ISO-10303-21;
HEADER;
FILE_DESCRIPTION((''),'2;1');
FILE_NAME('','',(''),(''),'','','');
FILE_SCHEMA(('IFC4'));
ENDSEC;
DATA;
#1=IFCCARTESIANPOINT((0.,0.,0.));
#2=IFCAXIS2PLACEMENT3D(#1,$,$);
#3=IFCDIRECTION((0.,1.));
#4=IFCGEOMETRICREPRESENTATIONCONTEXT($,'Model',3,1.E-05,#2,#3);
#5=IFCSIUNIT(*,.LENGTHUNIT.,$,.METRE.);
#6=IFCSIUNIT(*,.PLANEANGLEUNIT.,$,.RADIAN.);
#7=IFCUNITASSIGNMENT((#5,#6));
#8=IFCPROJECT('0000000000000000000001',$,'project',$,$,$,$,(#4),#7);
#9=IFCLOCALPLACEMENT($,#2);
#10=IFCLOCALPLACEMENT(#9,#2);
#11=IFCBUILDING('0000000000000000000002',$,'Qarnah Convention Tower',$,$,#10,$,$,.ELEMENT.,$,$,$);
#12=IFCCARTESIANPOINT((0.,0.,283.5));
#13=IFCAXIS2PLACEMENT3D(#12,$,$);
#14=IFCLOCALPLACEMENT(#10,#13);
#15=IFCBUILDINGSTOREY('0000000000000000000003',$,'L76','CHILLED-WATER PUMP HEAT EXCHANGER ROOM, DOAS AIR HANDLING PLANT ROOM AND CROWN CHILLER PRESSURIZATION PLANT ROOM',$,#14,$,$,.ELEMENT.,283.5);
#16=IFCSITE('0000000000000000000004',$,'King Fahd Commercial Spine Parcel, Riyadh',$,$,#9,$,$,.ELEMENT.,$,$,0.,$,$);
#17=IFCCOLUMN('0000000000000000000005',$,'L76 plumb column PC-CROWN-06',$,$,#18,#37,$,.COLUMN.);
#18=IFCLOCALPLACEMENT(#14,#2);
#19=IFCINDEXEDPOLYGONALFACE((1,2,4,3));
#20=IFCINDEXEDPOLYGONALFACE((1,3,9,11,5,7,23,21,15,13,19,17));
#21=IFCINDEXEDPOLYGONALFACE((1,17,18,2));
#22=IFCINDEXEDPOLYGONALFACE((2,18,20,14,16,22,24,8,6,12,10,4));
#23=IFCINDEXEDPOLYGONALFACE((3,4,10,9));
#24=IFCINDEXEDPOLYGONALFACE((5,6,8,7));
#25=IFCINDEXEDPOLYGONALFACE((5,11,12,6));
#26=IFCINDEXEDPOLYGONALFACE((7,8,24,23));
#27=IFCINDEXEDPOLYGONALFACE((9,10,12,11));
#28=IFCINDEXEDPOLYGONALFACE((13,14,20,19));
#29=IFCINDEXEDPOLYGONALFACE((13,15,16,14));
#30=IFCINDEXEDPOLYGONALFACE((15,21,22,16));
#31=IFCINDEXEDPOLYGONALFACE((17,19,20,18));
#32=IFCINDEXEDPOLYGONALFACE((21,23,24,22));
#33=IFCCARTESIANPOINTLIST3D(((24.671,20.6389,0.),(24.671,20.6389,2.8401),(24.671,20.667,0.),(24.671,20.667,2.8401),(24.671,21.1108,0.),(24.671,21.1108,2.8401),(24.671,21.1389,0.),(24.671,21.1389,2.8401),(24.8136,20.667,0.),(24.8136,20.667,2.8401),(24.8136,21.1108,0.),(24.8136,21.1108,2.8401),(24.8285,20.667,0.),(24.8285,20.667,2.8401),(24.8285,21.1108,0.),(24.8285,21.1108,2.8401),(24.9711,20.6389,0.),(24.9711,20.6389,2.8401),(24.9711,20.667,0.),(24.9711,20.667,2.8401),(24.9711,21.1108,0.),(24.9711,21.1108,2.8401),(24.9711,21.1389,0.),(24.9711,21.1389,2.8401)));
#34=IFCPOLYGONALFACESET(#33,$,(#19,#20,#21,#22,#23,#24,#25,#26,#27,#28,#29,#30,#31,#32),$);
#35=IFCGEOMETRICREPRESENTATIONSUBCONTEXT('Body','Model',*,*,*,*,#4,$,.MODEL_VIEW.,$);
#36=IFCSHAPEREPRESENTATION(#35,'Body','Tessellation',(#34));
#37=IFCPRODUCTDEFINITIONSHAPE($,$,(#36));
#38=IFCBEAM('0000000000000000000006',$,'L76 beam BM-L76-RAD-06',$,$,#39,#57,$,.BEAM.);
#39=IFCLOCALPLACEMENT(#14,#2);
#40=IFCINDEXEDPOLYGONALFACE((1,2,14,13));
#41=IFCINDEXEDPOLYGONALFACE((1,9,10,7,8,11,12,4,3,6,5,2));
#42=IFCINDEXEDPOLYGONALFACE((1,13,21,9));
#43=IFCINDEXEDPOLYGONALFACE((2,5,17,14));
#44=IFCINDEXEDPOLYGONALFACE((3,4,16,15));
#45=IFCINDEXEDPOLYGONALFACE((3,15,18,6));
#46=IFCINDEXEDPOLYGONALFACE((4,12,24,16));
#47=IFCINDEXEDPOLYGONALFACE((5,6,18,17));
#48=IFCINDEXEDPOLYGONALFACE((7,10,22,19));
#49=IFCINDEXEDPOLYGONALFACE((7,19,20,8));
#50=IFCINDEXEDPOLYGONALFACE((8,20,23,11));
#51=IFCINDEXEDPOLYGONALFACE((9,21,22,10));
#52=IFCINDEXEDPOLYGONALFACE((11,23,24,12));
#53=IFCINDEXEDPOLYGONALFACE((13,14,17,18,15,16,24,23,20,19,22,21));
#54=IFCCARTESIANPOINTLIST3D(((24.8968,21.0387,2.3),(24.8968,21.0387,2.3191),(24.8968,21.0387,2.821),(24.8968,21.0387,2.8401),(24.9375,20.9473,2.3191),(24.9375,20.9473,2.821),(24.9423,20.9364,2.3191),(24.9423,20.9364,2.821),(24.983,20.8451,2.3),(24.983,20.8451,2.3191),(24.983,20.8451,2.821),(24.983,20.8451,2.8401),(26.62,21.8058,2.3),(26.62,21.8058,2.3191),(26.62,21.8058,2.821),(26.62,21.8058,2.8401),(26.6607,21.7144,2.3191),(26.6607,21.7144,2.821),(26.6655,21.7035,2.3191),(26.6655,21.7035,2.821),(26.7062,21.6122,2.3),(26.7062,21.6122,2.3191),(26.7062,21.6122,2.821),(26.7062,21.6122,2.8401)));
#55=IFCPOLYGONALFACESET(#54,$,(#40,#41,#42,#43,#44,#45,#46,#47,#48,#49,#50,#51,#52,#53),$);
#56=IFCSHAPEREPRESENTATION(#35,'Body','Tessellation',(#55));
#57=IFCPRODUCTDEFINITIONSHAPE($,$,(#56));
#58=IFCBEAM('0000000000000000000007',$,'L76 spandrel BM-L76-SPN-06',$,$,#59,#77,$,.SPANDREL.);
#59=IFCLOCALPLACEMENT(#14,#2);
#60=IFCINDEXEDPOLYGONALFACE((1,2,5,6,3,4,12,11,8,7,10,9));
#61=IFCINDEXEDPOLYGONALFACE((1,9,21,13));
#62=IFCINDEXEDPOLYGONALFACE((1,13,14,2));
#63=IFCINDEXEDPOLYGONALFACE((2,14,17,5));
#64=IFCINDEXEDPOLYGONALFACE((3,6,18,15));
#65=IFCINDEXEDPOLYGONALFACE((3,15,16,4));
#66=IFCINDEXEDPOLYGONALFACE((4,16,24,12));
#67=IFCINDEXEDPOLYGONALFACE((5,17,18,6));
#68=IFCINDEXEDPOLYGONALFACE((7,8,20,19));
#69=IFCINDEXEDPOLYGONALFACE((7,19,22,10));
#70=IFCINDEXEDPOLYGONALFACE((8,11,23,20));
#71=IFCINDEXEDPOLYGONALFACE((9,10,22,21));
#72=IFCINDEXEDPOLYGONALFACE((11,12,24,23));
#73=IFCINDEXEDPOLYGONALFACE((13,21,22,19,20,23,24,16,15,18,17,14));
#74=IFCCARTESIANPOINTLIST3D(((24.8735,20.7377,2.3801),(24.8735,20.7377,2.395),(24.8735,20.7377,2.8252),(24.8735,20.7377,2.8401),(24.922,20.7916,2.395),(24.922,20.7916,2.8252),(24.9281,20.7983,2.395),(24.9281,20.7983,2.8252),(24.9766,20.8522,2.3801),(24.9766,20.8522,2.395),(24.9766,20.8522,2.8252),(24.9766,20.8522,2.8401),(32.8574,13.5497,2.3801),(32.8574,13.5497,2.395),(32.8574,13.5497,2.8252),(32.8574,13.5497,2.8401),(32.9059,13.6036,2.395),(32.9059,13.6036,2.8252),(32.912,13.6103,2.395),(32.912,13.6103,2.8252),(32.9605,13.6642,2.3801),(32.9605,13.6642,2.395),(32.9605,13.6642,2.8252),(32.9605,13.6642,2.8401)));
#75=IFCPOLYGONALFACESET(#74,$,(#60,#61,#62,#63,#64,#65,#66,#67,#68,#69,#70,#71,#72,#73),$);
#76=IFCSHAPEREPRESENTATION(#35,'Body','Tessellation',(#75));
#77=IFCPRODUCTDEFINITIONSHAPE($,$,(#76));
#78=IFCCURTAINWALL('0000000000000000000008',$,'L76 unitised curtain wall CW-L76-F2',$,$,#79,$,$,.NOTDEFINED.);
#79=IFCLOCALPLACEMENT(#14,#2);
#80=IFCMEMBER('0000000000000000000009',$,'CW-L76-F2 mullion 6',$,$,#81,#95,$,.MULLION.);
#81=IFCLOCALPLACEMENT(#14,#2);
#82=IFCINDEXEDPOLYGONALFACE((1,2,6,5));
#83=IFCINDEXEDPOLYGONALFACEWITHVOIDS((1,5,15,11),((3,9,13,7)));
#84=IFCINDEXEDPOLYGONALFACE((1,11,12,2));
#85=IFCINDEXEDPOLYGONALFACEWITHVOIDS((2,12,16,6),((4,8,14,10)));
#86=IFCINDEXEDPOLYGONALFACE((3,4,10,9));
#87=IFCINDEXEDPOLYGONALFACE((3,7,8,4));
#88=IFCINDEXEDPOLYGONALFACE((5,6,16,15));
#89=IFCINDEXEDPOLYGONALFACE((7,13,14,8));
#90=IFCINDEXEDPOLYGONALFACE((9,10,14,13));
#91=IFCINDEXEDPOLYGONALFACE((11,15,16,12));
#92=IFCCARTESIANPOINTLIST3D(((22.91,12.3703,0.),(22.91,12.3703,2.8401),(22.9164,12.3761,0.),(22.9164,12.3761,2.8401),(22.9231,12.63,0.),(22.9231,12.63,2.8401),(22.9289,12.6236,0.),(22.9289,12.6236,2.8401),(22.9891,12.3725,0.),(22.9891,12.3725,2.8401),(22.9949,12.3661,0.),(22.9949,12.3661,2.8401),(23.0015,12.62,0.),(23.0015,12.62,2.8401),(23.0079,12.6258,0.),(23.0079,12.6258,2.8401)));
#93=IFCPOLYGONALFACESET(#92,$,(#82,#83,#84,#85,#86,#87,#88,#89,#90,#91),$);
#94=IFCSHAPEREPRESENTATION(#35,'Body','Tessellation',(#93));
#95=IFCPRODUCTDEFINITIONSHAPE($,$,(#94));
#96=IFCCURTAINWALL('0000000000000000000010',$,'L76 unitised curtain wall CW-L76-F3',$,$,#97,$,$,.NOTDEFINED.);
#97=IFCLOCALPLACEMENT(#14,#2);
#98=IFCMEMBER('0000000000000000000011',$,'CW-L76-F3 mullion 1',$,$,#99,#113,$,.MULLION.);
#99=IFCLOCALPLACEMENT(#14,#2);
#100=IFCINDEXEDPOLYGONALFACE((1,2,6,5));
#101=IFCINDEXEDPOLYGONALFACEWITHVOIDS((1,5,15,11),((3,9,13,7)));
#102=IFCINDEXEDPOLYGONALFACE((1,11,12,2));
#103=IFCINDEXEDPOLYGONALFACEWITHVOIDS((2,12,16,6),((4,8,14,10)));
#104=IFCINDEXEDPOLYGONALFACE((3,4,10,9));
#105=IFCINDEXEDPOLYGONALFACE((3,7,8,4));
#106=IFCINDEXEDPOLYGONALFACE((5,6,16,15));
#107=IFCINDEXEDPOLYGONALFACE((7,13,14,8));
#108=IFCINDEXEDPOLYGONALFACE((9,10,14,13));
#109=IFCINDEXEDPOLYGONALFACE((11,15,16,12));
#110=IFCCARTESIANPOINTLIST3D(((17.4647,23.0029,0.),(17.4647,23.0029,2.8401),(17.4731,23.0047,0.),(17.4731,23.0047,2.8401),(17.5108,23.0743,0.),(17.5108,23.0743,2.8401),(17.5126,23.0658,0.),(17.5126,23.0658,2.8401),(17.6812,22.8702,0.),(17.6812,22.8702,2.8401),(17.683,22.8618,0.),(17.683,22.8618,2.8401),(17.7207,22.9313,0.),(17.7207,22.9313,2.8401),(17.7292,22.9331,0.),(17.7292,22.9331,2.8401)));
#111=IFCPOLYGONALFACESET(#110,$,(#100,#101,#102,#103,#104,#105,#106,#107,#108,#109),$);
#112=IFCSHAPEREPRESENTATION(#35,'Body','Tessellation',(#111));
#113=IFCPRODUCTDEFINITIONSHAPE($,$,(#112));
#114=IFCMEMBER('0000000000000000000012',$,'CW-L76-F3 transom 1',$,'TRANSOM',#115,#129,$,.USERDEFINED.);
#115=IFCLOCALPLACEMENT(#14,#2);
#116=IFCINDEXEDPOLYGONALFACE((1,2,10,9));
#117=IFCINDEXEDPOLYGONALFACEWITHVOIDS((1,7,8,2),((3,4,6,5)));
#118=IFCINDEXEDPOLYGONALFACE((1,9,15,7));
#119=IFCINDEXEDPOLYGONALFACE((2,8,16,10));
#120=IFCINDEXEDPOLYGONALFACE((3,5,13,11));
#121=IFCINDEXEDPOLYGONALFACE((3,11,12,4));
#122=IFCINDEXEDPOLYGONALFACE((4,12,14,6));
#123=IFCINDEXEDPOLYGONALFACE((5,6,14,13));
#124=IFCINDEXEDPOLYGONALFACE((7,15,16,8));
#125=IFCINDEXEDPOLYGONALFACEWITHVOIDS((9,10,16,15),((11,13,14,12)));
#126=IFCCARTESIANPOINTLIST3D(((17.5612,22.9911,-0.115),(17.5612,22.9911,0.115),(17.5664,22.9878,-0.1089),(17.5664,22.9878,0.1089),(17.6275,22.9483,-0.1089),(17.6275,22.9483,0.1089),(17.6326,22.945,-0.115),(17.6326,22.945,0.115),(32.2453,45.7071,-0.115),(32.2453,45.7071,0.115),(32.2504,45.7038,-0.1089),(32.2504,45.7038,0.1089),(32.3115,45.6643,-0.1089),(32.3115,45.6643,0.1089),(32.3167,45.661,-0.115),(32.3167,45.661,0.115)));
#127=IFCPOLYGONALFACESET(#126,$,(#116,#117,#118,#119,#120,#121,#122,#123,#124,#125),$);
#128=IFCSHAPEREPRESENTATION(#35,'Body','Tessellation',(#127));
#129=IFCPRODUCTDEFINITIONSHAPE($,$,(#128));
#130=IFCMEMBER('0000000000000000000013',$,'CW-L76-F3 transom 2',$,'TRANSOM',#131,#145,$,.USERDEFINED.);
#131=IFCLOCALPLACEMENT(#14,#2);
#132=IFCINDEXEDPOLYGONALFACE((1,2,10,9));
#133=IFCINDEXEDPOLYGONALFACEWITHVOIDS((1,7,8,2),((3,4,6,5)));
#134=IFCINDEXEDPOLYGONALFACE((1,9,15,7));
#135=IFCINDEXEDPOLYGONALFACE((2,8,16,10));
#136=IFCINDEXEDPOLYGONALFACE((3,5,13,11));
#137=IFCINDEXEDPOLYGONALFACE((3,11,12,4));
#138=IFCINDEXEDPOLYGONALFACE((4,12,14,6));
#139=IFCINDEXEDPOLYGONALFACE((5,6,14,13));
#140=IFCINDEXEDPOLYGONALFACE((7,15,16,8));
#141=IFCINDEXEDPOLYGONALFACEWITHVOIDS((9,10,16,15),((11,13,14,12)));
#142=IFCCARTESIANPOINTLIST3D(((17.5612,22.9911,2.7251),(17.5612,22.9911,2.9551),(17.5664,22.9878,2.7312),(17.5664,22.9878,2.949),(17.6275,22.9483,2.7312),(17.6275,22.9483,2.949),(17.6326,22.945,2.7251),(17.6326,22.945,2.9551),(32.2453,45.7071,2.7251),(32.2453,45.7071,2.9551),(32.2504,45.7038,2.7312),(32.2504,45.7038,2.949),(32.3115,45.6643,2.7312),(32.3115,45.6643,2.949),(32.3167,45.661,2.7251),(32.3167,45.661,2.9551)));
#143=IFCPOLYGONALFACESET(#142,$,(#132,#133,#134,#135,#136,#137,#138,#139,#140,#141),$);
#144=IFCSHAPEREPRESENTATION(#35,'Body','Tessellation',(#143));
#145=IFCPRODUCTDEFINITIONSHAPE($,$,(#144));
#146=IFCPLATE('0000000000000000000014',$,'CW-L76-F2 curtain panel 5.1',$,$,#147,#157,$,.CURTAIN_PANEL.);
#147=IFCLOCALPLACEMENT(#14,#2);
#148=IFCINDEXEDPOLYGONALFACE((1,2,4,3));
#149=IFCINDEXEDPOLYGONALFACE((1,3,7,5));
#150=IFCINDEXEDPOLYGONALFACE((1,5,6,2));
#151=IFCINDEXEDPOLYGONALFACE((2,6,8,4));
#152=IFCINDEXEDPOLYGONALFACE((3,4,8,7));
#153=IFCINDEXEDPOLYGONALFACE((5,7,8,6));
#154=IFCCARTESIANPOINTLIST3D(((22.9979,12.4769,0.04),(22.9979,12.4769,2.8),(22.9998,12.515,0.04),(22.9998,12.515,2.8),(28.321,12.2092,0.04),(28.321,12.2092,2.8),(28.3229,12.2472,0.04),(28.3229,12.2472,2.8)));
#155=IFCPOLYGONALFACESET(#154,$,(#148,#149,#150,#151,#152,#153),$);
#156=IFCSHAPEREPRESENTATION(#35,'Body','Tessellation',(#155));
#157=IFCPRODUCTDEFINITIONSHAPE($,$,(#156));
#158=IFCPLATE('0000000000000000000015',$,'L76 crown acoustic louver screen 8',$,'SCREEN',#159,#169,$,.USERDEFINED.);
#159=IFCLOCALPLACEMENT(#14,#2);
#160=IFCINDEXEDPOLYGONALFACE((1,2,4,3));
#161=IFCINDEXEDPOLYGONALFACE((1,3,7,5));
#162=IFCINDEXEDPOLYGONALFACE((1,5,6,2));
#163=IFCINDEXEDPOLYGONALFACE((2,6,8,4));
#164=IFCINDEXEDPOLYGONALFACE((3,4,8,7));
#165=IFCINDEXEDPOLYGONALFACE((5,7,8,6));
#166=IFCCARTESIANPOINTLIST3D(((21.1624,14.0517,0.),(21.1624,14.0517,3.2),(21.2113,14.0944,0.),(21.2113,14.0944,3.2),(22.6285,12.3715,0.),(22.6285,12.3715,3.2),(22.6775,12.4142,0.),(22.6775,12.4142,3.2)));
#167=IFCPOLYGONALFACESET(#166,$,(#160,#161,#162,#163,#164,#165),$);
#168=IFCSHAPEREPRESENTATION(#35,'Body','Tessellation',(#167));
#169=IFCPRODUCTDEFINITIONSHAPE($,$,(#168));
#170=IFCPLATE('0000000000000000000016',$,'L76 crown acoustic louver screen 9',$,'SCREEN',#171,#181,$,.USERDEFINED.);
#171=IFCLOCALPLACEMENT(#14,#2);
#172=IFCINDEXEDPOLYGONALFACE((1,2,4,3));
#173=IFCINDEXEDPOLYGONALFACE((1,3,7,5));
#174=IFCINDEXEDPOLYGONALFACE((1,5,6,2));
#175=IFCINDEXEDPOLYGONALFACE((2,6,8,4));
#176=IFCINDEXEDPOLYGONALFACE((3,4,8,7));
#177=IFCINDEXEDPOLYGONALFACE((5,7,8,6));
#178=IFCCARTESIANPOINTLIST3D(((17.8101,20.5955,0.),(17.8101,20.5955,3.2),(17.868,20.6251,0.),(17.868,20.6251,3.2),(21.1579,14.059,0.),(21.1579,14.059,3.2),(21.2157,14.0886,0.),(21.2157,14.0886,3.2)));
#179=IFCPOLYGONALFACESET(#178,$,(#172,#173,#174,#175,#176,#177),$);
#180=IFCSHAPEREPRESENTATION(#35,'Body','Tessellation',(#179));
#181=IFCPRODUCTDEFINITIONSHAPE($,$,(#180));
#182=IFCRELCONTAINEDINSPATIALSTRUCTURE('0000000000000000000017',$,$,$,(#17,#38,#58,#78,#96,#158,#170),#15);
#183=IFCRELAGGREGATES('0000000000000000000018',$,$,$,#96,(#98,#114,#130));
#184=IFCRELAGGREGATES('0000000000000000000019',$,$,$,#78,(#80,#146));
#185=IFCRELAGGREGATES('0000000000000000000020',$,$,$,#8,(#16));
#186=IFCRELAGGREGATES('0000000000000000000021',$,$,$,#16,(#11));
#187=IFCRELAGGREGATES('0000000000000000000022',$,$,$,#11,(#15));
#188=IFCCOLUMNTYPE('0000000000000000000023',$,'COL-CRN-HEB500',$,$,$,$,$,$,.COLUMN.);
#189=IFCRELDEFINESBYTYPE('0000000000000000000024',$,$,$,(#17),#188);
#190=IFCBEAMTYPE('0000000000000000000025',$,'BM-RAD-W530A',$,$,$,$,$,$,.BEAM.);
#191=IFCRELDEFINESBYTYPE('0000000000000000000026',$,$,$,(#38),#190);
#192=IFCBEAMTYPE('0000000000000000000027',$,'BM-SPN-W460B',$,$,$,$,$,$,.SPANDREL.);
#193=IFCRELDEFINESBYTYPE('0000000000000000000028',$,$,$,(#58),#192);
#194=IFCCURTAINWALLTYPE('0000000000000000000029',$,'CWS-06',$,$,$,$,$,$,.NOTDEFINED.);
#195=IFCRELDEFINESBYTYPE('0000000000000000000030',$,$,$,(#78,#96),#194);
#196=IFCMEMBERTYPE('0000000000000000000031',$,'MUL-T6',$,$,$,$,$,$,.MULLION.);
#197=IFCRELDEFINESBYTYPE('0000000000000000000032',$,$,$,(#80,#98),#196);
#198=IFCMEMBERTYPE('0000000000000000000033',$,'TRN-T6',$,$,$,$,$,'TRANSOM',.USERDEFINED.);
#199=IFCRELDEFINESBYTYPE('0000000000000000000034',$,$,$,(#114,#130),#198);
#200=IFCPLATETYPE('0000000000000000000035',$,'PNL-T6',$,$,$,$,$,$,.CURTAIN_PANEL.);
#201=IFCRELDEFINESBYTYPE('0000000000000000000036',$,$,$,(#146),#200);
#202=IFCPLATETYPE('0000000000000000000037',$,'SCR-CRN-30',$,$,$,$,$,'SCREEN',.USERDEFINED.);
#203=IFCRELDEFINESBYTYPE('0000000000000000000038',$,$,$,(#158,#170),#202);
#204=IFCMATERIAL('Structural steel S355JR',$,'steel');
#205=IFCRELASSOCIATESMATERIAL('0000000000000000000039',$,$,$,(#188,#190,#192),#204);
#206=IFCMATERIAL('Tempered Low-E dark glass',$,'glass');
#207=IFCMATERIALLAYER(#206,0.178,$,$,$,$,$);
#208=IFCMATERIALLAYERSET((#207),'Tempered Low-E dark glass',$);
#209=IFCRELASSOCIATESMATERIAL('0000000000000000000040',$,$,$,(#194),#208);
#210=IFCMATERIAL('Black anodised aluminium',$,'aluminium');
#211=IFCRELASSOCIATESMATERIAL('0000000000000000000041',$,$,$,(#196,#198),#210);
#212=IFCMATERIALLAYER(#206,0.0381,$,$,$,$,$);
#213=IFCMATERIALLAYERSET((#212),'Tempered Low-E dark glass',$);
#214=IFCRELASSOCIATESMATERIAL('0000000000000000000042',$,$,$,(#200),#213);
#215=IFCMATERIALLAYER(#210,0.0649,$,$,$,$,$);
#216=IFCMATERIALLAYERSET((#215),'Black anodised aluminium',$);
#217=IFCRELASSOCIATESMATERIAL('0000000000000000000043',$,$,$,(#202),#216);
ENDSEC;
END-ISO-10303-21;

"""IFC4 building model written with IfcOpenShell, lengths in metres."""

from ifc_helpers import new_model, si_unit, direction, frame, origin, origin_2d, place, context, subcontext, project, spatial, rectangle, hollow_rectangle, i_section, extrude, material, layer, layer_set, material_profile, profile_set, type_object, element, aggregate, save


model = new_model("IFC4")

# Units and contexts
model_context = context("Model", 3, precision=1e-05, world=origin(), true_north=direction((0.0, 1.0)))
body_context = subcontext(model_context, "Body", "Model", "MODEL_VIEW")
ifc_project = project(units=[si_unit("LENGTHUNIT", "METRE"), si_unit("PLANEANGLEUNIT", "RADIAN")], contexts=[model_context])

# Site, building, storey
site_placement = place(None, origin())
site = spatial("IfcSite", under=ifc_project, at=site_placement, Name="King Fahd Commercial Spine Parcel, Riyadh", CompositionType="ELEMENT", RefElevation=0.0)
building_placement = place(site_placement, origin())
building = spatial("IfcBuilding", under=site, at=building_placement, Name="Qarnah Convention Tower", CompositionType="ELEMENT")
storey_placement = place(building_placement, frame((0.0, 0.0, 283.5)))
storey = spatial("IfcBuildingStorey", under=building, at=storey_placement, Name="L76", Description="CHILLED-WATER PUMP HEAT EXCHANGER ROOM, DOAS AIR HANDLING PLANT ROOM AND CROWN CHILLER PRESSURIZATION PLANT ROOM", CompositionType="ELEMENT", Elevation=283.5)

# Column
ifc_material_1 = material(Name="Structural steel S355JR", Category="steel")
ifc_material_profile_1 = material_profile(ifc_material_1, i_section(OverallWidth=0.3, OverallDepth=0.5, WebThickness=0.0149, FlangeThickness=0.0281, at=origin_2d()), Name="HEB500")
ifc_profile_set_1 = profile_set([ifc_material_profile_1], Name="Structural steel S355JR")
column_type = type_object("IfcColumnType", Name="COL-CRN-HEB500", PredefinedType="COLUMN", material=ifc_profile_set_1)
column_placement = place(storey_placement, frame((24.821, 20.8889, 0.0), z_axis=(0.0, 0.0, 1.0), x_axis=(1.0, 0.0, 0.0)))
element("IfcColumn", 1, at=column_placement, inside=storey, type_object=column_type, Name="L76 plumb column PC-CROWN-06", PredefinedType="COLUMN", context=body_context, shape_type="SweptSolid", body=[
    extrude(i_section(OverallWidth=0.3, OverallDepth=0.5, WebThickness=0.0149, FlangeThickness=0.0281, at=origin_2d()), origin(), (0.0, 0.0, 1.0), 2.8401),
])

# Beams
ifc_material_profile_2 = material_profile(ifc_material_1, i_section(OverallWidth=0.2119, OverallDepth=0.54, WebThickness=0.012, FlangeThickness=0.019, at=origin_2d()), Name="W530X109")
ifc_profile_set_2 = profile_set([ifc_material_profile_2], Name="Structural steel S355JR")
beam_type_1 = type_object("IfcBeamType", Name="BM-RAD-W530A", PredefinedType="BEAM", material=ifc_profile_set_2)
beam_1_placement = place(storey_placement, frame((26.6631, 21.709, 2.5701), z_axis=(-0.913566, -0.406691, 0.0), x_axis=(0.406691, -0.913566, 0.0)))
element("IfcBeam", 2, at=beam_1_placement, inside=storey, type_object=beam_type_1, Name="L76 beam BM-L76-RAD-06", PredefinedType="BEAM", context=body_context, shape_type="SweptSolid", body=[
    extrude(i_section(OverallWidth=0.2119, OverallDepth=0.54, WebThickness=0.012, FlangeThickness=0.019, at=origin_2d()), origin(), (0.0, 0.0, 1.0), 1.8862),
])
ifc_material_profile_3 = material_profile(ifc_material_1, i_section(OverallWidth=0.1541, OverallDepth=0.46, WebThickness=0.009, FlangeThickness=0.0149, at=origin_2d()), Name="W460X68")
ifc_profile_set_3 = profile_set([ifc_material_profile_3], Name="Structural steel S355JR")
beam_type_2 = type_object("IfcBeamType", Name="BM-SPN-W460B", PredefinedType="SPANDREL", material=ifc_profile_set_3)
beam_2_placement = place(storey_placement, frame((24.925, 20.7949, 2.6101), z_axis=(0.743179, -0.669093, 0.0), x_axis=(0.669093, 0.743179, 0.0)))
element("IfcBeam", 3, at=beam_2_placement, inside=storey, type_object=beam_type_2, Name="L76 spandrel BM-L76-SPN-06", PredefinedType="SPANDREL", context=body_context, shape_type="SweptSolid", body=[
    extrude(i_section(OverallWidth=0.1541, OverallDepth=0.46, WebThickness=0.009, FlangeThickness=0.0149, at=origin_2d()), origin(), (0.0, 0.0, 1.0), 10.7429),
])

# Curtain wall, member
ifc_material_2 = material(Name="Tempered Low-E dark glass", Category="glass")
ifc_layer_1 = layer(ifc_material_2, 0.178)
ifc_layer_set_1 = layer_set([ifc_layer_1], Name="Tempered Low-E dark glass")
curtain_wall_type = type_object("IfcCurtainWallType", Name="CWS-06", PredefinedType="NOTDEFINED", material=ifc_layer_set_1)
curtain_wall_1_placement = place(storey_placement, origin())
curtain_wall_1 = element("IfcCurtainWall", 4, at=curtain_wall_1_placement, inside=storey, type_object=curtain_wall_type, Name="L76 unitised curtain wall CW-L76-F2", PredefinedType="NOTDEFINED")
ifc_material_3 = material(Name="Black anodised aluminium", Category="aluminium")
ifc_material_profile_4 = material_profile(ifc_material_3, hollow_rectangle(XDim=0.085, YDim=0.26, WallThickness=0.0061, at=origin_2d()), Name="MUL-85X260")
ifc_profile_set_4 = profile_set([ifc_material_profile_4], Name="Black anodised aluminium")
member_type_1 = type_object("IfcMemberType", Name="MUL-T6", PredefinedType="MULLION", material=ifc_profile_set_4)
member_1_placement = place(storey_placement, frame((22.959, 12.498, 0.0), z_axis=(0.0, 0.0, 1.0), x_axis=(-0.998737, 0.050242, 0.0)))
member_1 = element("IfcMember", 5, at=member_1_placement, type_object=member_type_1, Name="CW-L76-F2 mullion 6", PredefinedType="MULLION", context=body_context, shape_type="SweptSolid", body=[
    extrude(hollow_rectangle(XDim=0.085, YDim=0.26, WallThickness=0.0061, at=origin_2d()), origin(), (0.0, 0.0, 1.0), 2.8401),
])

# Curtain wall, members
curtain_wall_2_placement = place(storey_placement, origin())
curtain_wall_2 = element("IfcCurtainWall", 6, at=curtain_wall_2_placement, inside=storey, type_object=curtain_wall_type, Name="L76 unitised curtain wall CW-L76-F3", PredefinedType="NOTDEFINED")
member_2_placement = place(storey_placement, frame((17.5969, 22.968, 0.0), z_axis=(0.0, 0.0, 1.0), x_axis=(0.542871, 0.839816, 0.0)))
member_2 = element("IfcMember", 7, at=member_2_placement, type_object=member_type_1, Name="CW-L76-F3 mullion 1", PredefinedType="MULLION", context=body_context, shape_type="SweptSolid", body=[
    extrude(hollow_rectangle(XDim=0.085, YDim=0.26, WallThickness=0.0061, at=origin_2d()), origin(), (0.0, 0.0, 1.0), 2.8401),
])
ifc_material_profile_5 = material_profile(ifc_material_3, hollow_rectangle(XDim=0.085, YDim=0.23, WallThickness=0.0061, at=origin_2d()), Name="TRN-85X230")
ifc_profile_set_5 = profile_set([ifc_material_profile_5], Name="Black anodised aluminium")
member_type_2 = type_object("IfcMemberType", Name="TRN-T6", ElementType="TRANSOM", PredefinedType="USERDEFINED", material=ifc_profile_set_5)
member_3_placement = place(storey_placement, frame((17.5969, 22.968, 0.0), z_axis=(0.542872, 0.839815, 0.0), x_axis=(-0.839815, 0.542872, 0.0)))
member_3 = element("IfcMember", 8, at=member_3_placement, type_object=member_type_2, Name="CW-L76-F3 transom 1", ObjectType="TRANSOM", PredefinedType="USERDEFINED", context=body_context, shape_type="SweptSolid", body=[
    extrude(hollow_rectangle(XDim=0.085, YDim=0.23, WallThickness=0.0061, at=origin_2d()), origin(), (0.0, 0.0, 1.0), 27.0488),
])
member_4_placement = place(storey_placement, frame((17.5969, 22.968, 2.8401), z_axis=(0.542872, 0.839815, 0.0), x_axis=(-0.839815, 0.542872, 0.0)))
member_4 = element("IfcMember", 9, at=member_4_placement, type_object=member_type_2, Name="CW-L76-F3 transom 2", ObjectType="TRANSOM", PredefinedType="USERDEFINED", context=body_context, shape_type="SweptSolid", body=[
    extrude(hollow_rectangle(XDim=0.085, YDim=0.23, WallThickness=0.0061, at=origin_2d()), origin(), (0.0, 0.0, 1.0), 27.0488),
])
aggregate(curtain_wall_2, [member_2, member_3, member_4])

# Plate
ifc_layer_2 = layer(ifc_material_2, 0.0381)
ifc_layer_set_2 = layer_set([ifc_layer_2], Name="Tempered Low-E dark glass")
plate_type_1 = type_object("IfcPlateType", Name="PNL-T6", PredefinedType="CURTAIN_PANEL", material=ifc_layer_set_2)
plate_1_placement = place(storey_placement, frame((25.6604, 12.3621, 0.04), z_axis=(0.0, 0.0, 1.0), x_axis=(-0.998737, 0.050242, 0.0)))
plate_1 = element("IfcPlate", 10, at=plate_1_placement, type_object=plate_type_1, Name="CW-L76-F2 curtain panel 5.1", PredefinedType="CURTAIN_PANEL", context=body_context, shape_type="SweptSolid", body=[
    extrude(rectangle(XDim=5.3298, YDim=0.0381, at=origin_2d()), origin(), (0.0, 0.0, 1.0), 2.76),
])
aggregate(curtain_wall_1, [member_1, plate_1])

# Plates
ifc_layer_3 = layer(ifc_material_3, 0.0649)
ifc_layer_set_3 = layer_set([ifc_layer_3], Name="Black anodised aluminium")
plate_type_2 = type_object("IfcPlateType", Name="SCR-CRN-30", ElementType="SCREEN", PredefinedType="USERDEFINED", material=ifc_layer_set_3)
plate_2_placement = place(storey_placement, frame((21.9199, 13.2329, 0.0), z_axis=(0.0, 0.0, 1.0), x_axis=(-0.657488, 0.753465, 0.0)))
element("IfcPlate", 11, at=plate_2_placement, inside=storey, type_object=plate_type_2, Name="L76 crown acoustic louver screen 8", ObjectType="SCREEN", PredefinedType="USERDEFINED", context=body_context, shape_type="SweptSolid", body=[
    extrude(rectangle(XDim=2.23, YDim=0.0649, at=origin_2d()), origin(), (0.0, 0.0, 1.0), 3.2),
])
plate_3_placement = place(storey_placement, frame((19.5129, 17.342, 0.0), z_axis=(0.0, 0.0, 1.0), x_axis=(-0.455853, 0.890055, 0.0)))
element("IfcPlate", 12, at=plate_3_placement, inside=storey, type_object=plate_type_2, Name="L76 crown acoustic louver screen 9", ObjectType="SCREEN", PredefinedType="USERDEFINED", context=body_context, shape_type="SweptSolid", body=[
    extrude(rectangle(XDim=7.344, YDim=0.0649, at=origin_2d()), origin(), (0.0, 0.0, 1.0), 3.2),
])

save(model, "model.ifc")
